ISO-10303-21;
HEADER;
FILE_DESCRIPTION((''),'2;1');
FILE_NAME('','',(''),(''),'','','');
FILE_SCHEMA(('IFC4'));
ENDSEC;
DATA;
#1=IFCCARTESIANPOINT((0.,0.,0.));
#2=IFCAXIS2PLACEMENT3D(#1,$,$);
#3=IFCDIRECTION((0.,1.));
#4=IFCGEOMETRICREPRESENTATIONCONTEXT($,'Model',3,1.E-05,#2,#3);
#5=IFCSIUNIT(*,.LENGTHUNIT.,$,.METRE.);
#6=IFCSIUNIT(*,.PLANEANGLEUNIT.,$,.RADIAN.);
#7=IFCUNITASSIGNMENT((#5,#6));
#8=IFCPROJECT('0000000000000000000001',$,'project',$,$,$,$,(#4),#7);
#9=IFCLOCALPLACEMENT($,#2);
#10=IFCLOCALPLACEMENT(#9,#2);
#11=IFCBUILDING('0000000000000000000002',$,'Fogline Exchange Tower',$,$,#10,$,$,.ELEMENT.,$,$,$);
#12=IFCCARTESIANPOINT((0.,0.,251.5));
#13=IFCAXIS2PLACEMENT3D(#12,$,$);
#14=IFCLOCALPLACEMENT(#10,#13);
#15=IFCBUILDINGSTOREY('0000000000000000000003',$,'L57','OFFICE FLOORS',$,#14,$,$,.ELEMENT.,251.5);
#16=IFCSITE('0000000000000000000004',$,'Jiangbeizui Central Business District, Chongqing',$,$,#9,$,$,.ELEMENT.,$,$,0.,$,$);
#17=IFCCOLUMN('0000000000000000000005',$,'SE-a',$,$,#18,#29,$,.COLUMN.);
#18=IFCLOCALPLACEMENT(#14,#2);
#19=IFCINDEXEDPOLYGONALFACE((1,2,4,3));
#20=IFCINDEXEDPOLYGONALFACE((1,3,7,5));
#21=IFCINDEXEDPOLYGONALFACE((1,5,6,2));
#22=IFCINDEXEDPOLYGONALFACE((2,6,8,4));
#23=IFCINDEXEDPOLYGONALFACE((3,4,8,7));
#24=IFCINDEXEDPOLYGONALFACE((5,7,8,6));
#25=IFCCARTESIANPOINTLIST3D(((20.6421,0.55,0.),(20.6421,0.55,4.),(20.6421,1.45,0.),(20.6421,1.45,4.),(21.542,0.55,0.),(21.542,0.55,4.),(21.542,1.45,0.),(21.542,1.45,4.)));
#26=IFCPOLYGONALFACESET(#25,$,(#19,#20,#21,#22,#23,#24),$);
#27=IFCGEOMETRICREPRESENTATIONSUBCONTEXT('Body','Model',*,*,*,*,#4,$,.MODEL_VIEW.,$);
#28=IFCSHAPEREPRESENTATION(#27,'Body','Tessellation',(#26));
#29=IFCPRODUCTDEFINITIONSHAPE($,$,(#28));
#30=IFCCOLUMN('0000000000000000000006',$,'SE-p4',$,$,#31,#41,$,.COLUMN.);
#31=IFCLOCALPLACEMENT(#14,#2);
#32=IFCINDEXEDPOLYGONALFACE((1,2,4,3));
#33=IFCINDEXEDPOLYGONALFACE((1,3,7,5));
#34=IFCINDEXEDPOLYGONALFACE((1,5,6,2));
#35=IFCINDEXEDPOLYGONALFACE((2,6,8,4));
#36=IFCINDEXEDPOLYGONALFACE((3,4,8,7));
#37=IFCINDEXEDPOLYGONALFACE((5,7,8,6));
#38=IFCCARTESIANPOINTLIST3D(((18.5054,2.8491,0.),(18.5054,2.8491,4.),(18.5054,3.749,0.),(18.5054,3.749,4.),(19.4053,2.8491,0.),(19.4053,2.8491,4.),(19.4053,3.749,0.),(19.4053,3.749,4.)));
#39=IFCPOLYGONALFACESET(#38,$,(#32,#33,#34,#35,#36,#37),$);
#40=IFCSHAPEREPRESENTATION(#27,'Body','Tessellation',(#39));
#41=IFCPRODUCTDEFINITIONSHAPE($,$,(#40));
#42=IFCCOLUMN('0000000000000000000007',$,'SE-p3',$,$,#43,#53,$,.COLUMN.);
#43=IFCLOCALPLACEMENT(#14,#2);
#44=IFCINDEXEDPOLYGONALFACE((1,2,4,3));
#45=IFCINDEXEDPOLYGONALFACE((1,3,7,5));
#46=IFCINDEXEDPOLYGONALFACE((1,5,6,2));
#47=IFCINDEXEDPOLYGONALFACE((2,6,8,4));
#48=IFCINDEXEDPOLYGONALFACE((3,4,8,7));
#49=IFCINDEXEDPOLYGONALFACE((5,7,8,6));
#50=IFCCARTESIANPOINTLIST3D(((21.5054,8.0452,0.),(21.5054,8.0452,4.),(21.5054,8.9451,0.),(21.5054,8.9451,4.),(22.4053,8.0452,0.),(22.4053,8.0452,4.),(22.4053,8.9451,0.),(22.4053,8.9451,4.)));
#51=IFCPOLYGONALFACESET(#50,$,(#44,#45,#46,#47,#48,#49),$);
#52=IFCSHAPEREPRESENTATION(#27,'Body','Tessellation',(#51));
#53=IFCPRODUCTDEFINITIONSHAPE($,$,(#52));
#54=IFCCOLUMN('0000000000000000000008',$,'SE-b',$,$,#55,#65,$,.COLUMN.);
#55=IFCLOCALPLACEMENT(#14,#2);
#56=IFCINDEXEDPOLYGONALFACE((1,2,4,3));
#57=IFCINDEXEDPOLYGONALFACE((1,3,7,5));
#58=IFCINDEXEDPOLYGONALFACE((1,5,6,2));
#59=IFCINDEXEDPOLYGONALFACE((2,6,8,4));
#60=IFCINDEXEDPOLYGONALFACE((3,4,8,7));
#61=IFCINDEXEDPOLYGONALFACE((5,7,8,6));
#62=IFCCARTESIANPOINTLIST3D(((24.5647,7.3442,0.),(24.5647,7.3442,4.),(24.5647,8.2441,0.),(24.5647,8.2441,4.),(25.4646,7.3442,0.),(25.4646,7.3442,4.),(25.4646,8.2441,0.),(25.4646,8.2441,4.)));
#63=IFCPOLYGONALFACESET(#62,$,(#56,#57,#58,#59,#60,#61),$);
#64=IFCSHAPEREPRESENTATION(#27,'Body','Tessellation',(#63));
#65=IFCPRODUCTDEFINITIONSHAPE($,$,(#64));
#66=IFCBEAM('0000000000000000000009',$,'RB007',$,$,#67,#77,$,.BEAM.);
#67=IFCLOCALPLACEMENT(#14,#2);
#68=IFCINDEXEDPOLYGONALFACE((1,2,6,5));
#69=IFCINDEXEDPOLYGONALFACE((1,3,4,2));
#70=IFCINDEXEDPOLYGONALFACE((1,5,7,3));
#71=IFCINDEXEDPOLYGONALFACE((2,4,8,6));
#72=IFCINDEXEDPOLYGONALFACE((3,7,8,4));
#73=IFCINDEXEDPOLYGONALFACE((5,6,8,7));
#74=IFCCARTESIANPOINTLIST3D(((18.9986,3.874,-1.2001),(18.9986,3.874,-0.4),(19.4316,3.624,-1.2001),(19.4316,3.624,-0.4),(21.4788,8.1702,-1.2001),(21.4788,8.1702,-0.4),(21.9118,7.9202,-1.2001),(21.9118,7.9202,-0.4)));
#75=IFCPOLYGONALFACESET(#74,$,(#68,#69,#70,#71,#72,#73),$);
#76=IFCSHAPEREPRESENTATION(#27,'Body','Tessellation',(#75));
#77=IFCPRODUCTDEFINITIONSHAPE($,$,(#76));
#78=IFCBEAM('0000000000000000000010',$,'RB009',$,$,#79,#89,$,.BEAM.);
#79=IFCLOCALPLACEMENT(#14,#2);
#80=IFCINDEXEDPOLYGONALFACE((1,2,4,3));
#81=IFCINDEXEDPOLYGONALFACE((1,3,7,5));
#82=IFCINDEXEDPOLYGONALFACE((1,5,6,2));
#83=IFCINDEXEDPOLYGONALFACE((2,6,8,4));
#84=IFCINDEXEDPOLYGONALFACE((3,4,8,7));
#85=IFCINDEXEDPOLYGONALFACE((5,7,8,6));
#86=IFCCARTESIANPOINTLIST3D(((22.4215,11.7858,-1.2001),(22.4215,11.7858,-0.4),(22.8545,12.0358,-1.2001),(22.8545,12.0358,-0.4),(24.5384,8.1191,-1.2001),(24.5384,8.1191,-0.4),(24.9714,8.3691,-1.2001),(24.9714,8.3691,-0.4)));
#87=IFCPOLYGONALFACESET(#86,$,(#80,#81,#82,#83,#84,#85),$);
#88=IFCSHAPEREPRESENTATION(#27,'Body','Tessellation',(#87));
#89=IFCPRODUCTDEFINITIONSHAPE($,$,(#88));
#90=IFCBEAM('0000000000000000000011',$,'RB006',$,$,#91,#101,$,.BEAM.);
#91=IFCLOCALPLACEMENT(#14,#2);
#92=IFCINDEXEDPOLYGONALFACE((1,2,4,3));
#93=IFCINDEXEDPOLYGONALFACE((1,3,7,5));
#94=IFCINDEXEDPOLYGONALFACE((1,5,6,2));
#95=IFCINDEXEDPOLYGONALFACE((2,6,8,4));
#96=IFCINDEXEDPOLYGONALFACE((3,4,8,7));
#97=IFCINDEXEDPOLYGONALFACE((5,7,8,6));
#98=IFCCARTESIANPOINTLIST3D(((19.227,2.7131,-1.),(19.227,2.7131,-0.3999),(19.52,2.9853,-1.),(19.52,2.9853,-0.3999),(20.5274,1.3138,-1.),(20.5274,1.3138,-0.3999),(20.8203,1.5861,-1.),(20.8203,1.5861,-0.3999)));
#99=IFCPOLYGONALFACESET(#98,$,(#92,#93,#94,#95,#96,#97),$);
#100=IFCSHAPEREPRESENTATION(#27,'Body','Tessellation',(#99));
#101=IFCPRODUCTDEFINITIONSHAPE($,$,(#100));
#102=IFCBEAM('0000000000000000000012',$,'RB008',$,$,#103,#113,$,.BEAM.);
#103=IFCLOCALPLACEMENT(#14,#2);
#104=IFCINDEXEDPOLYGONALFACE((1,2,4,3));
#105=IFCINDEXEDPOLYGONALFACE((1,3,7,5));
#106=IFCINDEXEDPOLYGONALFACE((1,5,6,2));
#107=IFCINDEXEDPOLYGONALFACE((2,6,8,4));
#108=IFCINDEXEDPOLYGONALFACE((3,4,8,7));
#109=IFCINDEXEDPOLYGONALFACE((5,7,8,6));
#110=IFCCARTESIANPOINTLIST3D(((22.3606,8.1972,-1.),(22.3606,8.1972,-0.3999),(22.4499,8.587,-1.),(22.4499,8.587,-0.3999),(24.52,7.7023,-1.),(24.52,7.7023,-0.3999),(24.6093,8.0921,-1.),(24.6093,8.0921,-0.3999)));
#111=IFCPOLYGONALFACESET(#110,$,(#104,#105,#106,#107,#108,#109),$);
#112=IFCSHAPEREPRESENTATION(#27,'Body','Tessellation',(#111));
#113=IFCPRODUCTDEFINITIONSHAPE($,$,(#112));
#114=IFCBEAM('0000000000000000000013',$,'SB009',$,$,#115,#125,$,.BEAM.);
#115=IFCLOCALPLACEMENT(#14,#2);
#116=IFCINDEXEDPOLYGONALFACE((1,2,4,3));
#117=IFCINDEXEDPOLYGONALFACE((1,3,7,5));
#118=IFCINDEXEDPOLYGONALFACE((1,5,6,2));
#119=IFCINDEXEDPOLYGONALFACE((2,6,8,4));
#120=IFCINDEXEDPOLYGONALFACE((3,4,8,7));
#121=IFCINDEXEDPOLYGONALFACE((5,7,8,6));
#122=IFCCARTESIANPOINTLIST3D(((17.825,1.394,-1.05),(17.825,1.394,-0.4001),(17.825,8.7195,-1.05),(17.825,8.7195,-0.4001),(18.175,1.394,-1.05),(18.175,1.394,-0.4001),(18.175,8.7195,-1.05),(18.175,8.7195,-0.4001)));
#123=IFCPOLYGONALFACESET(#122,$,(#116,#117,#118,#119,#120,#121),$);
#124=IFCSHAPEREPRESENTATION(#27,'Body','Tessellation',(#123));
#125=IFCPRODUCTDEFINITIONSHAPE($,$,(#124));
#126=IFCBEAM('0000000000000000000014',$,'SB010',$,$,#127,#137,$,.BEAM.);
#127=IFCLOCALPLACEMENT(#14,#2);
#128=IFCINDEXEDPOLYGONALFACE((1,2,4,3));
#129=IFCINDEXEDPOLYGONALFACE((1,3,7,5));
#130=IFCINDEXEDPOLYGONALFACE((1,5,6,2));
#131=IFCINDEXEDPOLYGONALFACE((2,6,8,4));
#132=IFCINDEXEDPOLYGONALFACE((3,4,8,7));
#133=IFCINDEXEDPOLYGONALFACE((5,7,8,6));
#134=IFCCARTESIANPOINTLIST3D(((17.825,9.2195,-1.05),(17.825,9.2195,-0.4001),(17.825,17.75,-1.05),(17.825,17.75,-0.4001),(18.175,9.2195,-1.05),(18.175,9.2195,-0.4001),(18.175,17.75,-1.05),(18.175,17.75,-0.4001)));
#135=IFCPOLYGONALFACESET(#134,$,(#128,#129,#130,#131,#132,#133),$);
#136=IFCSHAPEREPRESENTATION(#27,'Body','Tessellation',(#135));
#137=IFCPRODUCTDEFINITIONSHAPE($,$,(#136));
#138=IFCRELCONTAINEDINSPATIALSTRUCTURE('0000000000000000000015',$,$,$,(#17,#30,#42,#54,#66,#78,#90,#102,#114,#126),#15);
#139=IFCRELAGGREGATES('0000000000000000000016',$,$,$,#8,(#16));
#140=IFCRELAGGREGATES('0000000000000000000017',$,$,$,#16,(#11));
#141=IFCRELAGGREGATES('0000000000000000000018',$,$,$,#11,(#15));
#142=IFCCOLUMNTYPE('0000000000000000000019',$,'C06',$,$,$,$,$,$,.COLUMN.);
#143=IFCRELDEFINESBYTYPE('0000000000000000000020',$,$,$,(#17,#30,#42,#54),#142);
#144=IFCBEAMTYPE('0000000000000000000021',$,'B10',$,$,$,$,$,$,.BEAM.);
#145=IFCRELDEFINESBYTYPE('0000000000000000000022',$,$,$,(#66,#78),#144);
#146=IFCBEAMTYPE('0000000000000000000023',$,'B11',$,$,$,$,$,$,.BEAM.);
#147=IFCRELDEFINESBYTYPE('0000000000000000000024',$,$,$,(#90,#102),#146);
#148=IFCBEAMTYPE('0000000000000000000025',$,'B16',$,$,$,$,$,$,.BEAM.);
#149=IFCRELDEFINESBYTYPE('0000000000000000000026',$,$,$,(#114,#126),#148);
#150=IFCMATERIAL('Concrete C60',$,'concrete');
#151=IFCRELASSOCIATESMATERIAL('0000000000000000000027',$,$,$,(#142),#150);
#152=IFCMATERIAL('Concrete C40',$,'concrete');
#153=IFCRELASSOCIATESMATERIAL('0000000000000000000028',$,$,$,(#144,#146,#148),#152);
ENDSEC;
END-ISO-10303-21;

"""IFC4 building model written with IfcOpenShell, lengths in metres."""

from ifc_helpers import new_model, si_unit, direction, frame, origin, origin_2d, place, context, subcontext, project, spatial, rectangle, extrude, material, material_profile, profile_set, type_object, element, save


model = new_model("IFC4")

# Units and contexts
model_context = context("Model", 3, precision=1e-05, world=origin(), true_north=direction((0.0, 1.0)))
body_context = subcontext(model_context, "Body", "Model", "MODEL_VIEW")
ifc_project = project(units=[si_unit("LENGTHUNIT", "METRE"), si_unit("PLANEANGLEUNIT", "RADIAN")], contexts=[model_context])

# Site, building, storey
site_placement = place(None, origin())
site = spatial("IfcSite", under=ifc_project, at=site_placement, Name="Jiangbeizui Central Business District, Chongqing", CompositionType="ELEMENT", RefElevation=0.0)
building_placement = place(site_placement, origin())
building = spatial("IfcBuilding", under=site, at=building_placement, Name="Fogline Exchange Tower", CompositionType="ELEMENT")
storey_placement = place(building_placement, frame((0.0, 0.0, 251.5)))
storey = spatial("IfcBuildingStorey", under=building, at=storey_placement, Name="L57", Description="OFFICE FLOORS", CompositionType="ELEMENT", Elevation=251.5)

# Columns
ifc_material_1 = material(Name="Concrete C60", Category="concrete")
ifc_material_profile_1 = material_profile(ifc_material_1, rectangle(XDim=0.8999, YDim=0.8999, at=origin_2d()), Name="RC 900x900")
ifc_profile_set_1 = profile_set([ifc_material_profile_1], Name="Concrete C60")
column_type = type_object("IfcColumnType", Name="C06", PredefinedType="COLUMN", material=ifc_profile_set_1)
for number, where, z_axis, x_axis, name in (
    (1, (21.092, 1.0, 0.0), (0.0, 0.0, 1.0), (1.0, 0.0, 0.0), "SE-a"),
    (2, (18.9553, 3.2991, 0.0), (0.0, 0.0, 1.0), (1.0, 0.0, 0.0), "SE-p4"),
    (3, (21.9553, 8.4951, 0.0), (0.0, 0.0, 1.0), (1.0, 0.0, 0.0), "SE-p3"),
    (4, (25.0146, 7.7942, 0.0), (0.0, 0.0, 1.0), (1.0, 0.0, 0.0), "SE-b"),
):
    element("IfcColumn", number, at=place(storey_placement, frame(where, z_axis=z_axis, x_axis=x_axis)), inside=storey, type_object=column_type, Name=name, PredefinedType="COLUMN", context=body_context, shape_type="SweptSolid", body=[
        extrude(rectangle(XDim=0.8999, YDim=0.8999, at=origin_2d()), origin(), (0.0, 0.0, 1.0), 4.0),
    ])

# Beams
ifc_material_2 = material(Name="Concrete C40", Category="concrete")
ifc_material_profile_2 = material_profile(ifc_material_2, rectangle(XDim=0.5, YDim=0.8, at=origin_2d()), Name="RC 500x800")
ifc_profile_set_2 = profile_set([ifc_material_profile_2], Name="Concrete C40")
beam_type_1 = type_object("IfcBeamType", Name="B10", PredefinedType="BEAM", material=ifc_profile_set_2)
beam_1_placement = place(storey_placement, frame((19.2151, 3.749, -0.8), z_axis=(0.499977, 0.866039, 0.0), x_axis=(-0.866039, 0.499977, 0.0)))
element("IfcBeam", 5, at=beam_1_placement, inside=storey, type_object=beam_type_1, Name="RB007", PredefinedType="BEAM", context=body_context, shape_type="SweptSolid", body=[
    extrude(rectangle(XDim=0.5, YDim=0.8, at=origin_2d()), origin(), (0.0, 0.0, 1.0), 4.9607),
])
beam_2_placement = place(storey_placement, frame((24.7549, 8.2441, -0.8), z_axis=(-0.49999, 0.866031, 0.0), x_axis=(-0.866031, -0.49999, 0.0)))
element("IfcBeam", 6, at=beam_2_placement, inside=storey, type_object=beam_type_1, Name="RB009", PredefinedType="BEAM", context=body_context, shape_type="SweptSolid", body=[
    extrude(rectangle(XDim=0.5, YDim=0.8, at=origin_2d()), origin(), (0.0, 0.0, 1.0), 4.2339),
])
ifc_material_profile_3 = material_profile(ifc_material_2, rectangle(XDim=0.3999, YDim=0.6001, at=origin_2d()), Name="RC 400x600")
ifc_profile_set_3 = profile_set([ifc_material_profile_3], Name="Concrete C40")
beam_type_2 = type_object("IfcBeamType", Name="B11", PredefinedType="BEAM", material=ifc_profile_set_3)
beam_3_placement = place(storey_placement, frame((20.6738, 1.45, -0.7), z_axis=(-0.68075, 0.732516, 0.0), x_axis=(-0.732516, -0.68075, 0.0)))
element("IfcBeam", 7, at=beam_3_placement, inside=storey, type_object=beam_type_2, Name="RB006", PredefinedType="BEAM", context=body_context, shape_type="SweptSolid", body=[
    extrude(rectangle(XDim=0.3999, YDim=0.6001, at=origin_2d()), origin(), (0.0, 0.0, 1.0), 1.9102),
])
beam_4_placement = place(storey_placement, frame((22.4053, 8.3921, -0.7), z_axis=(0.974732, -0.223378, 0.0), x_axis=(0.223378, 0.974732, 0.0)))
element("IfcBeam", 8, at=beam_4_placement, inside=storey, type_object=beam_type_2, Name="RB008", PredefinedType="BEAM", context=body_context, shape_type="SweptSolid", body=[
    extrude(rectangle(XDim=0.3999, YDim=0.6001, at=origin_2d()), origin(), (0.0, 0.0, 1.0), 2.2153),
])
ifc_material_profile_4 = material_profile(ifc_material_2, rectangle(XDim=0.3501, YDim=0.6499, at=origin_2d()), Name="RC 350x650")
ifc_profile_set_4 = profile_set([ifc_material_profile_4], Name="Concrete C40")
beam_type_3 = type_object("IfcBeamType", Name="B16", PredefinedType="BEAM", material=ifc_profile_set_4)
beam_5_placement = place(storey_placement, frame((18.0, 1.394, -0.7251), z_axis=(0.0, 1.0, 0.0), x_axis=(-1.0, 0.0, 0.0)))
element("IfcBeam", 9, at=beam_5_placement, inside=storey, type_object=beam_type_3, Name="SB009", PredefinedType="BEAM", context=body_context, shape_type="SweptSolid", body=[
    extrude(rectangle(XDim=0.3501, YDim=0.6499, at=origin_2d()), origin(), (0.0, 0.0, 1.0), 7.3254),
])
beam_6_placement = place(storey_placement, frame((18.0, 9.2195, -0.7251), z_axis=(0.0, 1.0, 0.0), x_axis=(-1.0, 0.0, 0.0)))
element("IfcBeam", 10, at=beam_6_placement, inside=storey, type_object=beam_type_3, Name="SB010", PredefinedType="BEAM", context=body_context, shape_type="SweptSolid", body=[
    extrude(rectangle(XDim=0.3501, YDim=0.6499, at=origin_2d()), origin(), (0.0, 0.0, 1.0), 8.5305),
])

save(model, "model.ifc")
